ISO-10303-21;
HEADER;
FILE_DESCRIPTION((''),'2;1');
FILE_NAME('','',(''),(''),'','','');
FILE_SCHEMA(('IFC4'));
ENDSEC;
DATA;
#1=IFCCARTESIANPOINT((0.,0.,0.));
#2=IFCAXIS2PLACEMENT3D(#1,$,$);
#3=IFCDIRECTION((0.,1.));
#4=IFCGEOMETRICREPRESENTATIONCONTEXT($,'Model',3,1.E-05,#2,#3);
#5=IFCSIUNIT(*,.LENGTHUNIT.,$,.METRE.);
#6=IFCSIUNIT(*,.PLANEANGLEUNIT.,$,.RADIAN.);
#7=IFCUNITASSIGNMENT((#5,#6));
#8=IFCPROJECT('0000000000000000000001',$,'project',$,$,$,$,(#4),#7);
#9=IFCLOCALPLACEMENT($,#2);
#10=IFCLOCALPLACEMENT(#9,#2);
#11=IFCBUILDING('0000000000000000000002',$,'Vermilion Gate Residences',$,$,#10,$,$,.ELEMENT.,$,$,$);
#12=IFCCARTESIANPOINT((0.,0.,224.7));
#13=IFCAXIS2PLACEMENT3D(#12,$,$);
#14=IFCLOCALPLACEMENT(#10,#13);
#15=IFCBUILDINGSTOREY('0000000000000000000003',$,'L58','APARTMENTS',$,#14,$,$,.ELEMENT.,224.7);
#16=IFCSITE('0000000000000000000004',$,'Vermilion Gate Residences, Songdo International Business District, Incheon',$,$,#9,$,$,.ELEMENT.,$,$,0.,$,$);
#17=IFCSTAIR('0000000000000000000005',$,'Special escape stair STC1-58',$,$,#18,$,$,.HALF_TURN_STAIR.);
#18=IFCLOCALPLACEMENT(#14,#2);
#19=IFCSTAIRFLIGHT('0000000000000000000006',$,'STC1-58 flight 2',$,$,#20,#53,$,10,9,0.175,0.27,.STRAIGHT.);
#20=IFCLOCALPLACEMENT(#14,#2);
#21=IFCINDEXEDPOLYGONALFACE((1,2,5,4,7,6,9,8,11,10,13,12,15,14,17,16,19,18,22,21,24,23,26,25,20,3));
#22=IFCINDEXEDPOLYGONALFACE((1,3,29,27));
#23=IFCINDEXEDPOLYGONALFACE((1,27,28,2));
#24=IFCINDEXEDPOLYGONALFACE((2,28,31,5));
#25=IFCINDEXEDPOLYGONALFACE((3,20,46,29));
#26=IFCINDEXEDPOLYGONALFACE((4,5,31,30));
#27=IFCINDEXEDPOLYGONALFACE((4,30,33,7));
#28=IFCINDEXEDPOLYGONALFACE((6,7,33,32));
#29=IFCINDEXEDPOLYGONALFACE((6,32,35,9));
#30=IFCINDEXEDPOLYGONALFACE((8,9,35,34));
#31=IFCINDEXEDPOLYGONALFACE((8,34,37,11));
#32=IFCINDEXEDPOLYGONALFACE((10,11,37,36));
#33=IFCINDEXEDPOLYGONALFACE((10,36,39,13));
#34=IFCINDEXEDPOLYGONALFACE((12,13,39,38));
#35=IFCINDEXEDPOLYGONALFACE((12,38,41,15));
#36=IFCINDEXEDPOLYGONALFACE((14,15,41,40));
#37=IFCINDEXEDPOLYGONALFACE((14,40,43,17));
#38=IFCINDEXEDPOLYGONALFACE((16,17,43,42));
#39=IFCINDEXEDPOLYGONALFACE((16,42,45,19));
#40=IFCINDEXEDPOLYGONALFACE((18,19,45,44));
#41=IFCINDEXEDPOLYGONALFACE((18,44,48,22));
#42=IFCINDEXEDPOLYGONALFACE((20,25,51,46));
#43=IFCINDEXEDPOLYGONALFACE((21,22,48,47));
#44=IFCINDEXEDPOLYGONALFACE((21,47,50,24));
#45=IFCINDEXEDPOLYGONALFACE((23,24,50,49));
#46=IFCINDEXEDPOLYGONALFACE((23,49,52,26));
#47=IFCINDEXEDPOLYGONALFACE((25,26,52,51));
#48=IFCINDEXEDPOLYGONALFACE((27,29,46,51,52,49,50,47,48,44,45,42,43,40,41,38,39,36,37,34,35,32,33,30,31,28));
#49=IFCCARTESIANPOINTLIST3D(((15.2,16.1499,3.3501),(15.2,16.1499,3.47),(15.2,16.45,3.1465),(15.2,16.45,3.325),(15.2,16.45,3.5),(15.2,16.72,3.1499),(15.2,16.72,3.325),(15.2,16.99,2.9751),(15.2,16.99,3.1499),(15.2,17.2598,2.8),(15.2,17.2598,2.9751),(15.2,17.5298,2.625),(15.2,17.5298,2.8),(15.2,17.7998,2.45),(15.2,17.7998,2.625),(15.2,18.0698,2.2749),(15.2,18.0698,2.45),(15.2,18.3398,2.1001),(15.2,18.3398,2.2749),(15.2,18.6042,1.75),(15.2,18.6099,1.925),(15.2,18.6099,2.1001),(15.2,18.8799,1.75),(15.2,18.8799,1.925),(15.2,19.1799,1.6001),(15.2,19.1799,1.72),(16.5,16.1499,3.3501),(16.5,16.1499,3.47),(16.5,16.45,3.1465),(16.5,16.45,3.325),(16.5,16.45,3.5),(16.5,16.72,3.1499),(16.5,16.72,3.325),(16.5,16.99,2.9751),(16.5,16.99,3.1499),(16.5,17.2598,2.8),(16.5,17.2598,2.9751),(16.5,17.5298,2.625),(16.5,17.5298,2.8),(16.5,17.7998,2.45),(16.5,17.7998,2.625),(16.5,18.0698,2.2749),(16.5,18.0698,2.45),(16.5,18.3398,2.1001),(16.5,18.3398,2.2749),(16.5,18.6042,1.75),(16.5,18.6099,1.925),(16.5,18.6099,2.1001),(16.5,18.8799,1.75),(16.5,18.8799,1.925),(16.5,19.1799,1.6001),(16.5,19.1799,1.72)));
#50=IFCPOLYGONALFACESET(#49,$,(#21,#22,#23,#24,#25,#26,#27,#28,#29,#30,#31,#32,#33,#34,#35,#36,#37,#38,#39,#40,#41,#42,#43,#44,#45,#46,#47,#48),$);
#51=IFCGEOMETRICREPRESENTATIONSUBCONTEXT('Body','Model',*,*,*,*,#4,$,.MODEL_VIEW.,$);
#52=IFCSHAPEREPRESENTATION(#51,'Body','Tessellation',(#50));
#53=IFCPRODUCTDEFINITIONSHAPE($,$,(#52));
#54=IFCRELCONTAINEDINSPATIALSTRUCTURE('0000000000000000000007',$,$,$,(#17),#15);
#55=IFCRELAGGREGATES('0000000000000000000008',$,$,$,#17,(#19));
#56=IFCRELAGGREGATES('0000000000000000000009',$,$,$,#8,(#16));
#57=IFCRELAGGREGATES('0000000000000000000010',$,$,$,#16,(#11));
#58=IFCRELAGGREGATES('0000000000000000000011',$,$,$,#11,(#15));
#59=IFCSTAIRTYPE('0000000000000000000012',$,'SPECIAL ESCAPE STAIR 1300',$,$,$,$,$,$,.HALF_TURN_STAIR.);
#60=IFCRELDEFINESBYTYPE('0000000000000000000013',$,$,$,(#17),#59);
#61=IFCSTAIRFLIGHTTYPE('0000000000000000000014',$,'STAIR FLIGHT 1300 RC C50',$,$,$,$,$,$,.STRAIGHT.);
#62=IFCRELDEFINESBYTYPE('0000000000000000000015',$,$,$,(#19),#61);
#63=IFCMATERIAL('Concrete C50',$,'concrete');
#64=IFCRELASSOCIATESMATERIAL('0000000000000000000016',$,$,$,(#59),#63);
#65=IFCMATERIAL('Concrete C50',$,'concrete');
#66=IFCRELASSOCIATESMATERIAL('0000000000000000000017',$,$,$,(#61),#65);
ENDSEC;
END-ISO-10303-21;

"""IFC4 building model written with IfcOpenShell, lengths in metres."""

from ifc_helpers import new_model, si_unit, direction, frame, origin, place, context, subcontext, project, spatial, polyline, outline, extrude, material, type_object, element, aggregate, save


model = new_model("IFC4")

# Units and contexts
model_context = context("Model", 3, precision=1e-05, world=origin(), true_north=direction((0.0, 1.0)))
body_context = subcontext(model_context, "Body", "Model", "MODEL_VIEW")
ifc_project = project(units=[si_unit("LENGTHUNIT", "METRE"), si_unit("PLANEANGLEUNIT", "RADIAN")], contexts=[model_context])

# Site, building, storey
site_placement = place(None, origin())
site = spatial("IfcSite", under=ifc_project, at=site_placement, Name="Vermilion Gate Residences, Songdo International Business District, Incheon", CompositionType="ELEMENT", RefElevation=0.0)
building_placement = place(site_placement, origin())
building = spatial("IfcBuilding", under=site, at=building_placement, Name="Vermilion Gate Residences", CompositionType="ELEMENT")
storey_placement = place(building_placement, frame((0.0, 0.0, 224.7)))
storey = spatial("IfcBuildingStorey", under=building, at=storey_placement, Name="L58", Description="APARTMENTS", CompositionType="ELEMENT", Elevation=224.7)

# Stair, stair flight
ifc_material_1 = material(Name="Concrete C50", Category="concrete")
stair_type = type_object("IfcStairType", Name="SPECIAL ESCAPE STAIR 1300", PredefinedType="HALF_TURN_STAIR", material=ifc_material_1)
stair_placement = place(storey_placement, origin())
stair = element("IfcStair", 1, at=stair_placement, inside=storey, type_object=stair_type, Name="Special escape stair STC1-58", PredefinedType="HALF_TURN_STAIR")
ifc_material_2 = material(Name="Concrete C50", Category="concrete")
stair_flight_type = type_object("IfcStairFlightType", Name="STAIR FLIGHT 1300 RC C50", PredefinedType="STRAIGHT", material=ifc_material_2)
stair_flight_placement = place(storey_placement, frame((15.8501, 18.8799, 1.75), z_axis=(0.0, 0.0, 1.0), x_axis=(0.0, -1.0, 0.0)))
stair_flight = element("IfcStairFlight", 2, at=stair_flight_placement, type_object=stair_flight_type, Name="STC1-58 flight 2", NumberOfRisers=10, NumberOfTreads=9, PredefinedType="STRAIGHT", RiserHeight=0.175, TreadLength=0.27, context=body_context, shape_type="SweptSolid", body=[
    extrude(outline(polyline([(-0.3, -0.1499), (-0.3, -0.03), (0.0, 0.0), (0.0, 0.175), (0.27, 0.175), (0.27, 0.3501), (0.54, 0.3501), (0.54, 0.5249), (0.8101, 0.5249), (0.8101, 0.7), (1.0801, 0.7), (1.0801, 0.875), (1.3501, 0.875), (1.3501, 1.05), (1.6201, 1.05), (1.6201, 1.2251), (1.8899, 1.2251), (1.8899, 1.3999), (2.1599, 1.3999), (2.1599, 1.575), (2.4299, 1.575), (2.4299, 1.75), (2.73, 1.72), (2.73, 1.6001), (2.4299, 1.3965), (0.2756, 0.0), (-0.3, -0.1499)])), frame((0.0, 0.6499, 0.0), z_axis=(0.0, -1.0, 0.0), x_axis=(1.0, 0.0, 0.0)), (0.0, 0.0, 1.0), 1.3),
])
aggregate(stair, [stair_flight])

save(model, "model.ifc")
